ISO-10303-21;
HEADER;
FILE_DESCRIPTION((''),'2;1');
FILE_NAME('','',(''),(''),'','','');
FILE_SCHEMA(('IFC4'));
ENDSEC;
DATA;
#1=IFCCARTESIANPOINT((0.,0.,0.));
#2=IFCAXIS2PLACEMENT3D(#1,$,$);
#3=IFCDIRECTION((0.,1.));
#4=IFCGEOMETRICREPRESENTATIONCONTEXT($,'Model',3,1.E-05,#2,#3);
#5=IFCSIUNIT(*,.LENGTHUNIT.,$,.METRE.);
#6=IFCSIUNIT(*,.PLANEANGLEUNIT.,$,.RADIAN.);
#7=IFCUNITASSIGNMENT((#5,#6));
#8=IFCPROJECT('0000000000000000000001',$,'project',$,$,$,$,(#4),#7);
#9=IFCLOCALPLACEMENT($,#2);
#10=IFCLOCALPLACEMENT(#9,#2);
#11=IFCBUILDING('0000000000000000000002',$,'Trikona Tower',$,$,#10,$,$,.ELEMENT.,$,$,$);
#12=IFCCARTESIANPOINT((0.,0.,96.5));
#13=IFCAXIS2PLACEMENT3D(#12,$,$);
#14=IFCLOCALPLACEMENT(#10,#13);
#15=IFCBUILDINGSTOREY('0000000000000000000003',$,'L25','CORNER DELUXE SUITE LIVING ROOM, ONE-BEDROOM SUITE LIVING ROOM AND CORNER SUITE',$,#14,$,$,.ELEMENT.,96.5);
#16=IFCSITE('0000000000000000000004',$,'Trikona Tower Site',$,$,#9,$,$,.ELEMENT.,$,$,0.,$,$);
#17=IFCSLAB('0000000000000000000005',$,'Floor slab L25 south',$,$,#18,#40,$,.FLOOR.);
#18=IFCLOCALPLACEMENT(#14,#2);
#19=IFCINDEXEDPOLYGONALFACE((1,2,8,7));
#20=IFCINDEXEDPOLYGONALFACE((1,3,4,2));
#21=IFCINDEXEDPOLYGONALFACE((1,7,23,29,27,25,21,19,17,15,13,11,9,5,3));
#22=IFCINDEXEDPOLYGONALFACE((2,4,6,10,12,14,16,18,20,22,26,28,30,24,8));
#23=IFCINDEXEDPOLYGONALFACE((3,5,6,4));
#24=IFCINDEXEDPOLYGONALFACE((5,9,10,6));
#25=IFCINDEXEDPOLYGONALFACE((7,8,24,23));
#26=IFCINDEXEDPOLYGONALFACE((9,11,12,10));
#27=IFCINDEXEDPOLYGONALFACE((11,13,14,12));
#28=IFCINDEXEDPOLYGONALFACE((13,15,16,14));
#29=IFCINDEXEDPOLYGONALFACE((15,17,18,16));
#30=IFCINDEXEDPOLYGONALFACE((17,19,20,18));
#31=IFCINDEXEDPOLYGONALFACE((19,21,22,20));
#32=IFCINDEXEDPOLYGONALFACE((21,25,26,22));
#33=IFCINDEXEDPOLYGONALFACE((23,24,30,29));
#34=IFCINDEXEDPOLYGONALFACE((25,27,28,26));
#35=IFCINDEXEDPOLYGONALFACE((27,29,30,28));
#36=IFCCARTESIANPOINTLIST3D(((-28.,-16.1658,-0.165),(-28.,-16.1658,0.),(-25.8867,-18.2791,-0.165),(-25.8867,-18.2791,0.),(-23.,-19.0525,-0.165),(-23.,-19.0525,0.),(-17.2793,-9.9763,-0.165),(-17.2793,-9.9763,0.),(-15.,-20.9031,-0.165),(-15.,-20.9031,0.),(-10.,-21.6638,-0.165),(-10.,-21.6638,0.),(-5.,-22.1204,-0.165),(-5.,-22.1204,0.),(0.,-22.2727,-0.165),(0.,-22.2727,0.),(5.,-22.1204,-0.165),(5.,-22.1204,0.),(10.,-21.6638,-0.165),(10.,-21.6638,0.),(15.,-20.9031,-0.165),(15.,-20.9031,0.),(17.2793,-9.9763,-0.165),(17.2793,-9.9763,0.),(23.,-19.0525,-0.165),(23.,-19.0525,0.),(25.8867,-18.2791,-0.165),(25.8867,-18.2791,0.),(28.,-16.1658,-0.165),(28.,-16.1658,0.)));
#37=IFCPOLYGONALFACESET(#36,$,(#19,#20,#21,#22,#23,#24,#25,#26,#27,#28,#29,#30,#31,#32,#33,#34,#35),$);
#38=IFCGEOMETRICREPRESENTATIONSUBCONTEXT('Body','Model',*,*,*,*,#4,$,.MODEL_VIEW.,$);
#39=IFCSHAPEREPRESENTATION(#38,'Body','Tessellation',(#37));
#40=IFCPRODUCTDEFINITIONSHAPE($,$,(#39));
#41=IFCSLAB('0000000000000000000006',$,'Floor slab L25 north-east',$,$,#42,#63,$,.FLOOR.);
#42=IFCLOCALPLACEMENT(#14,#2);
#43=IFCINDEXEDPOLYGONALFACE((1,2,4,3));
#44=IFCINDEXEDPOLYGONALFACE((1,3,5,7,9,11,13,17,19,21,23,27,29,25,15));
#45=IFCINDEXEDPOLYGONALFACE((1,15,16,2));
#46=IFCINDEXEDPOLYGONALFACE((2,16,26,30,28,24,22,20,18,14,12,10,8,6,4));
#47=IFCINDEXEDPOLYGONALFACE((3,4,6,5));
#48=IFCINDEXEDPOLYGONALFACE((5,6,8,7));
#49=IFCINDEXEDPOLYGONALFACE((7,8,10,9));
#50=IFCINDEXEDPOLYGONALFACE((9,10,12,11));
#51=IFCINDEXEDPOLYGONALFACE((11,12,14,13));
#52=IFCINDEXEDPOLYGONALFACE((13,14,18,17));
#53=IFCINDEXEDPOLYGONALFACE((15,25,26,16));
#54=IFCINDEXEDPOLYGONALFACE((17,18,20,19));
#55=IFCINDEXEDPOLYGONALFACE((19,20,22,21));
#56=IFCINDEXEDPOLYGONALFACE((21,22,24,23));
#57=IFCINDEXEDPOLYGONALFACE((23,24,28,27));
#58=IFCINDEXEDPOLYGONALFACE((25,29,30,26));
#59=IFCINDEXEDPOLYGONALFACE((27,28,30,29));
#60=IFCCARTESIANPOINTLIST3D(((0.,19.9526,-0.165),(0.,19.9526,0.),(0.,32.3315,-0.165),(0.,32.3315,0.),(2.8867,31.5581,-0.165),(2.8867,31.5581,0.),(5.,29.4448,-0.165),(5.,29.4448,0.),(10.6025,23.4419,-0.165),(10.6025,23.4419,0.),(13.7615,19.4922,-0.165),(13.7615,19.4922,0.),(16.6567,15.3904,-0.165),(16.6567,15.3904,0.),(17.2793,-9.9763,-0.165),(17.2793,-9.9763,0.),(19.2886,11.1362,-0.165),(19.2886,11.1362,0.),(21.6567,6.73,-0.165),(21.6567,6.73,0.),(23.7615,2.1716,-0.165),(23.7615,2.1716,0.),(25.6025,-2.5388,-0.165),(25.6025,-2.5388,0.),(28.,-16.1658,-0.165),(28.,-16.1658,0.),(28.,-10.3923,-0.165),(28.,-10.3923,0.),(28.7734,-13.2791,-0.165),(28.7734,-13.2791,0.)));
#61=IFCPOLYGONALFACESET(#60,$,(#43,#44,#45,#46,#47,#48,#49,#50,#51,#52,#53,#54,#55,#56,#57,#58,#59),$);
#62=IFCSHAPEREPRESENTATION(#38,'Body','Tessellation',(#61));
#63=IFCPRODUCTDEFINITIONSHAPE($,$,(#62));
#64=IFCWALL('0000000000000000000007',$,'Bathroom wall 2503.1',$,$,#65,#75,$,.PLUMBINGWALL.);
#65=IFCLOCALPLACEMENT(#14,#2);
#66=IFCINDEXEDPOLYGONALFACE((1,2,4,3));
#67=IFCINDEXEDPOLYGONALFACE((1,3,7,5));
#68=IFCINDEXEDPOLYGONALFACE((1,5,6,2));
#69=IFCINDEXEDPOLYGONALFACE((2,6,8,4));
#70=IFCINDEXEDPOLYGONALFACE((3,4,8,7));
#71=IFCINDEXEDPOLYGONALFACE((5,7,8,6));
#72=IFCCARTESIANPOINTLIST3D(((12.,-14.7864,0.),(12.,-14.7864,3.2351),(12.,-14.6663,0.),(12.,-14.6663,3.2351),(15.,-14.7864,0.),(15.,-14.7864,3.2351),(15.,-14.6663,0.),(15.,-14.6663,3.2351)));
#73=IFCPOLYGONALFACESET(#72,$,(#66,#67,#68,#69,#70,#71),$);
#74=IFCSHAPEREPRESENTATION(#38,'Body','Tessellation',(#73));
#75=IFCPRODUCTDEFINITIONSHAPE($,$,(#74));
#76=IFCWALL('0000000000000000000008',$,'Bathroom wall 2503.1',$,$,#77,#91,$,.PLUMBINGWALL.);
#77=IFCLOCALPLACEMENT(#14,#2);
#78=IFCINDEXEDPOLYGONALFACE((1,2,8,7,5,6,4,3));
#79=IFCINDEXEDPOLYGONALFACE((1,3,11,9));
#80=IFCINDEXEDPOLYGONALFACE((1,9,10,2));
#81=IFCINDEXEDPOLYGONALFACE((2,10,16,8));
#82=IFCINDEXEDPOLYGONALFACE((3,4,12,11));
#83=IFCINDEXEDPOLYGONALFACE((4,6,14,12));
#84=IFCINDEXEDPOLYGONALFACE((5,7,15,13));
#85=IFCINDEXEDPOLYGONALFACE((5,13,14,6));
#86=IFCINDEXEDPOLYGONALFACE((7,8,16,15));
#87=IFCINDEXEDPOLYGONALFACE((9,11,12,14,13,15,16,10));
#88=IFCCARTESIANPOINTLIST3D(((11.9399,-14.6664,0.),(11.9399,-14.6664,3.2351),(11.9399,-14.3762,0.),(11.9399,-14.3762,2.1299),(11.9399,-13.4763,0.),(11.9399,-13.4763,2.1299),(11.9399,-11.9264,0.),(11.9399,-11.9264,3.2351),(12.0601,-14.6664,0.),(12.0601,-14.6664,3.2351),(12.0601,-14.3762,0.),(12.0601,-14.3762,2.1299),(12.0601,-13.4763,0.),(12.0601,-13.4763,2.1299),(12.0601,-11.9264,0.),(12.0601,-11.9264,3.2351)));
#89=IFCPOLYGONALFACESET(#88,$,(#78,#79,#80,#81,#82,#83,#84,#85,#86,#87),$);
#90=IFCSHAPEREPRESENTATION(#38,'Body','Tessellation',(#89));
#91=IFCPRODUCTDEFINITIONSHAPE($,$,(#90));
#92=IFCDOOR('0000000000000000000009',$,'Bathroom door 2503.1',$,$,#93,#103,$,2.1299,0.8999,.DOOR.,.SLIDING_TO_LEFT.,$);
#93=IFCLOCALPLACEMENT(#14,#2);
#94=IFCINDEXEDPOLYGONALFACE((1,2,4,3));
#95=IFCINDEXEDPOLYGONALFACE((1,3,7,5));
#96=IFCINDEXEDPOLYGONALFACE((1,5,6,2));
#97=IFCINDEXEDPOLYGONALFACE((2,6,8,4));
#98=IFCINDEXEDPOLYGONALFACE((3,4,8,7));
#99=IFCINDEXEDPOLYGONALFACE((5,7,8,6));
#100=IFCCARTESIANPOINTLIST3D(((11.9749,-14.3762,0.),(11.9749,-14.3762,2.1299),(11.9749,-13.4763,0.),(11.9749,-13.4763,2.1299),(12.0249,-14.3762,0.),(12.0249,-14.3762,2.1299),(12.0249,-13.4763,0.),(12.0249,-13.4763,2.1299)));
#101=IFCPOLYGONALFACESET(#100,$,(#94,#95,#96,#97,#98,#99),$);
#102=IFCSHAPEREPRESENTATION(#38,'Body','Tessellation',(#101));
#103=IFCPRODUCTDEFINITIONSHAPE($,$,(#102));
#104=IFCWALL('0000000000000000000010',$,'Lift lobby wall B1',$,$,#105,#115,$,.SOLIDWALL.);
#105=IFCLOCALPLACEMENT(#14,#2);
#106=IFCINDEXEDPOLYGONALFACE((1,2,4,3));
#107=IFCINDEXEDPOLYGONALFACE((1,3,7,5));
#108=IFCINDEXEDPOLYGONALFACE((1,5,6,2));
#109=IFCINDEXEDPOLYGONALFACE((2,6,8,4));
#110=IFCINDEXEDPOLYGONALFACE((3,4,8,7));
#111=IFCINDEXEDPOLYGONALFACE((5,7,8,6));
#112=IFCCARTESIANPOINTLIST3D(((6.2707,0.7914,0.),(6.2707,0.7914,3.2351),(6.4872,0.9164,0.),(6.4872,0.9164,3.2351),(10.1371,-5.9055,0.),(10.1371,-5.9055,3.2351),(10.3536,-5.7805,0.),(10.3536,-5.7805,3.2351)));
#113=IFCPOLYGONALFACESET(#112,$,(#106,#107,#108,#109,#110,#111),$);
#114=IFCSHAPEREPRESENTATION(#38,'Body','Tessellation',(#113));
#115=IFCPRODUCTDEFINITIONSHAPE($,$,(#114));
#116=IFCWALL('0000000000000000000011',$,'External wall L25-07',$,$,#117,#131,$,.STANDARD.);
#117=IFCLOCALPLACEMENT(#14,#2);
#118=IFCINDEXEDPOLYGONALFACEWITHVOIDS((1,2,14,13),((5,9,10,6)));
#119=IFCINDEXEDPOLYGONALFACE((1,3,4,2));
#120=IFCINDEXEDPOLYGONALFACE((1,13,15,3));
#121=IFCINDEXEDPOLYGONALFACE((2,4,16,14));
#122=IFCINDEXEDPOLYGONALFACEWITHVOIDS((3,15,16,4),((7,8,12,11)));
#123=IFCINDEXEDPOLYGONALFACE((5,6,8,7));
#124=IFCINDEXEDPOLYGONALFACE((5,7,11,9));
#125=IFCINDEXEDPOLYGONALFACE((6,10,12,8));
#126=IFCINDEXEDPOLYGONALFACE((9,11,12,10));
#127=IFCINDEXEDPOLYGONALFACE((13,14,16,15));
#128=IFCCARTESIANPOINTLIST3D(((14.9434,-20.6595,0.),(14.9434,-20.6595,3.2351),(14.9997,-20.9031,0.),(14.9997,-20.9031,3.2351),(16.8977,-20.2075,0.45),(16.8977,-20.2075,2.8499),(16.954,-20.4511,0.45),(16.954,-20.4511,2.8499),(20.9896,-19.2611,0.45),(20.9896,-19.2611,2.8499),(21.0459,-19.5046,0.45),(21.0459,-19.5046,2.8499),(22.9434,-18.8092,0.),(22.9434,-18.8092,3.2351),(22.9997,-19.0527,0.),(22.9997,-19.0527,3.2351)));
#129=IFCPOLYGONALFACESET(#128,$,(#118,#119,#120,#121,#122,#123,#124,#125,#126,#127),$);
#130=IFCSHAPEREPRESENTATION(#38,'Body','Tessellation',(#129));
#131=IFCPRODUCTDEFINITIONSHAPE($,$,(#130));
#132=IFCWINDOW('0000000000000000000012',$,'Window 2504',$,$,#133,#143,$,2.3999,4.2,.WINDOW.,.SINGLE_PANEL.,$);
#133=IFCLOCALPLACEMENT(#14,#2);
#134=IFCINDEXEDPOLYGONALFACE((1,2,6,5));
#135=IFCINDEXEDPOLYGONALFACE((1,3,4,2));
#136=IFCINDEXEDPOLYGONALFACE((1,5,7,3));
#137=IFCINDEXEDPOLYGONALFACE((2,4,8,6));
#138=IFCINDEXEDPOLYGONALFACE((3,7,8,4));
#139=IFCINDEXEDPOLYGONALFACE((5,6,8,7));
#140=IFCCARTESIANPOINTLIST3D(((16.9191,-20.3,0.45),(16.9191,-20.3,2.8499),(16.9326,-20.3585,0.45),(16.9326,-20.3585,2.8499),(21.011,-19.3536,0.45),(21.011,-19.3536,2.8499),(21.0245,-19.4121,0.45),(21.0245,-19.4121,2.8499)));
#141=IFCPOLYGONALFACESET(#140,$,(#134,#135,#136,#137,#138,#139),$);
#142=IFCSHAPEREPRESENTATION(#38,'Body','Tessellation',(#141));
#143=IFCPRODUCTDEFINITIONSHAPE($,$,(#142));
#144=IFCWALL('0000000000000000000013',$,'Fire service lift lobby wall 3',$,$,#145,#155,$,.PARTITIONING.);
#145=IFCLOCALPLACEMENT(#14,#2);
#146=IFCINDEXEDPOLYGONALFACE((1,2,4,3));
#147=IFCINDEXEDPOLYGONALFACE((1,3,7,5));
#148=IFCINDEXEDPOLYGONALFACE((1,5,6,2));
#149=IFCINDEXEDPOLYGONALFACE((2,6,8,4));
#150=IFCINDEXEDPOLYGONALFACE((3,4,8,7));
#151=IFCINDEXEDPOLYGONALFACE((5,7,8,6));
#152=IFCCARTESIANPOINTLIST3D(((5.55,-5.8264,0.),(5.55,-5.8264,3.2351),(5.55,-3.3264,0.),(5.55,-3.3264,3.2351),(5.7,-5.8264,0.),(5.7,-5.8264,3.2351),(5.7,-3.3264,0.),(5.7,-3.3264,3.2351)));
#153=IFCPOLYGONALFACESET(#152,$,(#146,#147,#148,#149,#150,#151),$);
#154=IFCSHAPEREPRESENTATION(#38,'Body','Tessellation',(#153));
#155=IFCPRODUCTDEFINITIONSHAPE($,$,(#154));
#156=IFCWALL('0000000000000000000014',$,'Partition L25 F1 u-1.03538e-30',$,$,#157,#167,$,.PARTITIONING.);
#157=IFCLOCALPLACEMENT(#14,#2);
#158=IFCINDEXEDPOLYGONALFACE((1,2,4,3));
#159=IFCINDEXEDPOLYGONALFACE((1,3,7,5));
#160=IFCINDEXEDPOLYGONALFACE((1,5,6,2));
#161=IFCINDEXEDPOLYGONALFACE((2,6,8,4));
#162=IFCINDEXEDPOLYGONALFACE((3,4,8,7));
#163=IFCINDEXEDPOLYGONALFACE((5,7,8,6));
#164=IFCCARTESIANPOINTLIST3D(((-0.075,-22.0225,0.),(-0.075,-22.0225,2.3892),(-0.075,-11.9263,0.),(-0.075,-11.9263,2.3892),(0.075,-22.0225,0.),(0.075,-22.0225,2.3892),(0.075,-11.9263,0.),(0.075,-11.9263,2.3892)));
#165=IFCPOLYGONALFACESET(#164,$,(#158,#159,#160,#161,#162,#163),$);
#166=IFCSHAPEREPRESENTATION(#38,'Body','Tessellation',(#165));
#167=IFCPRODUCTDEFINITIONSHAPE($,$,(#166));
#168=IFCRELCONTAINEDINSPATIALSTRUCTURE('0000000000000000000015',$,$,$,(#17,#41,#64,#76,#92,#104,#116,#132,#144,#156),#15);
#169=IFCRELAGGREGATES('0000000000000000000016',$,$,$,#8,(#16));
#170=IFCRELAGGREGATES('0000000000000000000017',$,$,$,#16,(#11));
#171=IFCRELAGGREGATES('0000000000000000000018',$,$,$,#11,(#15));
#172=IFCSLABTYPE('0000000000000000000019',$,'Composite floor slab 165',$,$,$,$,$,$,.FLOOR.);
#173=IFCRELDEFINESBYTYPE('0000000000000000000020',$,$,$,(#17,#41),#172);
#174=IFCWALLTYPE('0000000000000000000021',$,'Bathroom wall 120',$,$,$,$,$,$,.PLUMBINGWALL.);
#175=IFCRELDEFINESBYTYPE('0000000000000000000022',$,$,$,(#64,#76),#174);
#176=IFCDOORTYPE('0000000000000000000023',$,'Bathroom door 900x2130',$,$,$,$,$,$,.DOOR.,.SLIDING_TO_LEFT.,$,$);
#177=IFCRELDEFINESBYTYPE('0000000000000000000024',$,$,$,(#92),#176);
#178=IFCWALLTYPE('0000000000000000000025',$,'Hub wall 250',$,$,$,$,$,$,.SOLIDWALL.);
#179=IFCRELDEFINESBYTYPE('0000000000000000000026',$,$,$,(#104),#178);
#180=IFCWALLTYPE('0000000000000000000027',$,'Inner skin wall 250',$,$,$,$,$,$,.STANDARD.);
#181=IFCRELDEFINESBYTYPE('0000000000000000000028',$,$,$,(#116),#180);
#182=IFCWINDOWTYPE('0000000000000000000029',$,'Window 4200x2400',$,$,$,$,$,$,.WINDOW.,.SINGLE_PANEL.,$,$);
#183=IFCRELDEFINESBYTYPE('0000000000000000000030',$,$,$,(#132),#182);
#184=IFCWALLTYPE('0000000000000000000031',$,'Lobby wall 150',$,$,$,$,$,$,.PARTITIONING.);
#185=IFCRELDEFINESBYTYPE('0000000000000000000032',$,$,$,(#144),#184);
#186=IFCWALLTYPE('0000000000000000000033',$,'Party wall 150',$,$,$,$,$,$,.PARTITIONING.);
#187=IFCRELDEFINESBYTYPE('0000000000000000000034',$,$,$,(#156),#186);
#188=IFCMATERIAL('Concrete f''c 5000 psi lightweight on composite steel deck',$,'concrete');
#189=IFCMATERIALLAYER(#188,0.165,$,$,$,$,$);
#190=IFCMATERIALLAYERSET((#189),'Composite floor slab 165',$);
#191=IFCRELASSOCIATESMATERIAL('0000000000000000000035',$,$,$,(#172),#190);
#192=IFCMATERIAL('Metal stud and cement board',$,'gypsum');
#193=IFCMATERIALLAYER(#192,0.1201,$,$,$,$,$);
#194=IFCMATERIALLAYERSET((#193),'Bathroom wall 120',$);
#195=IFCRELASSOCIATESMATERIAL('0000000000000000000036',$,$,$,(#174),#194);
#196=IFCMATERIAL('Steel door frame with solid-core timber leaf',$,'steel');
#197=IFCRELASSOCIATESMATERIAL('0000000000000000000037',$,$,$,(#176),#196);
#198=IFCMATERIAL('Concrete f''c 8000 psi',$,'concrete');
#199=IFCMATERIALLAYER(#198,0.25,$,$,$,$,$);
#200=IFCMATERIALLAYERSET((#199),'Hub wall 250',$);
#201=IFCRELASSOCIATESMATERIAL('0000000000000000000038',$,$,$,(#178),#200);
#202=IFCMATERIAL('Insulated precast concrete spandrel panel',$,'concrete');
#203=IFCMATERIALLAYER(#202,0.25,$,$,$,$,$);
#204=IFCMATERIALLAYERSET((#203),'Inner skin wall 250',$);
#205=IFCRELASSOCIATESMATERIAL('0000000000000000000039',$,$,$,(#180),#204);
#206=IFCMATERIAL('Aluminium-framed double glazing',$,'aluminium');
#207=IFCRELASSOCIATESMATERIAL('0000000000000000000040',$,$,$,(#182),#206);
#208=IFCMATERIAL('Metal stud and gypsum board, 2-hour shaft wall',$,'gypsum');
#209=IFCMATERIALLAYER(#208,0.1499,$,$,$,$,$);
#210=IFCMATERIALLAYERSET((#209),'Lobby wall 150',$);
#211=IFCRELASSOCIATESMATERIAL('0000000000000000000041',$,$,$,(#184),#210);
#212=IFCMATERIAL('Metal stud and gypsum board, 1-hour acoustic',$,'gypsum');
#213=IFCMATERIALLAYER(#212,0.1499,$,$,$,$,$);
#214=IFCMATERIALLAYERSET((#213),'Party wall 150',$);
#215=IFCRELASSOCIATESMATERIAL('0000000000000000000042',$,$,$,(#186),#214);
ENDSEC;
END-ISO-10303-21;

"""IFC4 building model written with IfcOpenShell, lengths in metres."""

from ifc_helpers import new_model, si_unit, direction, frame, frame_2d, origin, place, context, subcontext, project, spatial, polyline, rectangle, outline, extrude, material, layer, layer_set, type_object, element, fill, save


model = new_model("IFC4")

# Units and contexts
model_context = context("Model", 3, precision=1e-05, world=origin(), true_north=direction((0.0, 1.0)))
body_context = subcontext(model_context, "Body", "Model", "MODEL_VIEW")
ifc_project = project(units=[si_unit("LENGTHUNIT", "METRE"), si_unit("PLANEANGLEUNIT", "RADIAN")], contexts=[model_context])

# Site, building, storey
site_placement = place(None, origin())
site = spatial("IfcSite", under=ifc_project, at=site_placement, Name="Trikona Tower Site", CompositionType="ELEMENT", RefElevation=0.0)
building_placement = place(site_placement, origin())
building = spatial("IfcBuilding", under=site, at=building_placement, Name="Trikona Tower", CompositionType="ELEMENT")
storey_placement = place(building_placement, frame((0.0, 0.0, 96.5)))
storey = spatial("IfcBuildingStorey", under=building, at=storey_placement, Name="L25", Description="CORNER DELUXE SUITE LIVING ROOM, ONE-BEDROOM SUITE LIVING ROOM AND CORNER SUITE", CompositionType="ELEMENT", Elevation=96.5)

# Slabs
ifc_material_1 = material(Name="Concrete f'c 5000 psi lightweight on composite steel deck", Category="concrete")
ifc_layer_1 = layer(ifc_material_1, 0.165)
ifc_layer_set_1 = layer_set([ifc_layer_1], Name="Composite floor slab 165")
slab_type = type_object("IfcSlabType", Name="Composite floor slab 165", PredefinedType="FLOOR", material=ifc_layer_set_1)
slab_1_placement = place(storey_placement, frame((0.0, 0.0, -0.165)))
element("IfcSlab", 1, at=slab_1_placement, inside=storey, type_object=slab_type, Name="Floor slab L25 south", PredefinedType="FLOOR", context=body_context, shape_type="SweptSolid", body=[
    extrude(outline(polyline([(25.8867, -18.2791), (28.0, -16.1658), (17.2793, -9.9763), (-17.2793, -9.9763), (-28.0, -16.1658), (-25.8867, -18.2791), (-23.0, -19.0525), (-15.0, -20.9031), (-10.0, -21.6638), (-5.0, -22.1204), (0.0, -22.2727), (5.0, -22.1204), (10.0, -21.6638), (15.0, -20.9031), (23.0, -19.0525), (25.8867, -18.2791)])), origin(), (0.0, 0.0, 1.0), 0.165),
])
slab_2_placement = place(storey_placement, frame((0.0, 0.0, -0.165)))
element("IfcSlab", 2, at=slab_2_placement, inside=storey, type_object=slab_type, Name="Floor slab L25 north-east", PredefinedType="FLOOR", context=body_context, shape_type="SweptSolid", body=[
    extrude(outline(polyline([(2.8867, 31.5581), (0.0, 32.3315), (0.0, 19.9526), (17.2793, -9.9763), (28.0, -16.1658), (28.7734, -13.2791), (28.0, -10.3923), (25.6025, -2.5388), (23.7615, 2.1716), (21.6567, 6.73), (19.2886, 11.1362), (16.6567, 15.3904), (13.7615, 19.4922), (10.6025, 23.4419), (5.0, 29.4448), (2.8867, 31.5581)])), origin(), (0.0, 0.0, 1.0), 0.165),
])

# Wall
ifc_material_2 = material(Name="Metal stud and cement board", Category="gypsum")
ifc_layer_2 = layer(ifc_material_2, 0.1201)
ifc_layer_set_2 = layer_set([ifc_layer_2], Name="Bathroom wall 120")
wall_type_1 = type_object("IfcWallType", Name="Bathroom wall 120", PredefinedType="PLUMBINGWALL", material=ifc_layer_set_2)
wall_1_placement = place(storey_placement, frame((12.0, -14.7263, 0.0), z_axis=(0.0, 0.0, 1.0), x_axis=(1.0, 0.0, 0.0)))
element("IfcWall", 3, at=wall_1_placement, inside=storey, type_object=wall_type_1, Name="Bathroom wall 2503.1", PredefinedType="PLUMBINGWALL", context=body_context, shape_type="SweptSolid", body=[
    extrude(rectangle(XDim=3.0, YDim=0.1201, at=frame_2d((1.5, 0.0))), origin(), (0.0, 0.0, 1.0), 3.2351),
])

# Wall, opening, door
wall_2_placement = place(storey_placement, frame((12.0, -11.9263, 0.0), z_axis=(0.0, 0.0, 1.0), x_axis=(0.0, -1.0, 0.0)))
wall_2 = element("IfcWall", 4, at=wall_2_placement, inside=storey, type_object=wall_type_1, Name="Bathroom wall 2503.1", PredefinedType="PLUMBINGWALL", context=body_context, shape_type="SweptSolid", body=[
    extrude(rectangle(XDim=2.74, YDim=0.1201, at=frame_2d((1.3701, 0.0))), origin(), (0.0, 0.0, 1.0), 3.2351),
])
opening_1_placement = place(wall_2_placement, frame((1.55, 0.0, 0.0)))
opening_1 = element("IfcOpeningElement", 5, at=opening_1_placement, cuts=wall_2, PredefinedType="OPENING", context=body_context, shape_type="SweptSolid", body=[
    extrude(rectangle(XDim=0.8999, YDim=2.1299, at=frame_2d((0.45, 1.0649))), frame((0.0, 0.0701, 0.0), z_axis=(0.0, -1.0, 0.0), x_axis=(1.0, 0.0, 0.0)), (0.0, 0.0, 1.0), 0.1401),
])
ifc_material_3 = material(Name="Steel door frame with solid-core timber leaf", Category="steel")
door_type_1 = type_object("IfcDoorType", Name="Bathroom door 900x2130", OperationType="SLIDING_TO_LEFT", PredefinedType="DOOR", material=ifc_material_3)
door_1_placement = place(opening_1_placement, origin())
door_1 = element("IfcDoor", 6, at=door_1_placement, inside=storey, type_object=door_type_1, Name="Bathroom door 2503.1", OperationType="SLIDING_TO_LEFT", OverallHeight=2.1299, OverallWidth=0.8999, PredefinedType="DOOR", context=body_context, shape_type="SweptSolid", body=[
    extrude(rectangle(XDim=0.8999, YDim=2.1299, at=frame_2d((0.45, 1.0649))), frame((0.0, 0.0249, 0.0), z_axis=(0.0, -1.0, 0.0), x_axis=(1.0, 0.0, 0.0)), (0.0, 0.0, 1.0), 0.05),
])
fill(opening_1, door_1)

# Wall
ifc_material_4 = material(Name="Concrete f'c 8000 psi", Category="concrete")
ifc_layer_3 = layer(ifc_material_4, 0.25)
ifc_layer_set_3 = layer_set([ifc_layer_3], Name="Hub wall 250")
wall_type_2 = type_object("IfcWallType", Name="Hub wall 250", PredefinedType="SOLIDWALL", material=ifc_layer_set_3)
wall_3_placement = place(storey_placement, frame((10.2454, -5.843, 0.0), z_axis=(0.0, 0.0, 1.0), x_axis=(-0.499993, 0.866029, 0.0)))
element("IfcWall", 7, at=wall_3_placement, inside=storey, type_object=wall_type_2, Name="Lift lobby wall B1", PredefinedType="SOLIDWALL", context=body_context, shape_type="SweptSolid", body=[
    extrude(rectangle(XDim=7.7329, YDim=0.25, at=frame_2d((3.8665, 0.0))), origin(), (0.0, 0.0, 1.0), 3.2351),
])

# Wall, opening, window
ifc_material_5 = material(Name="Insulated precast concrete spandrel panel", Category="concrete")
ifc_layer_4 = layer(ifc_material_5, 0.25)
ifc_layer_set_4 = layer_set([ifc_layer_4], Name="Inner skin wall 250")
wall_type_3 = type_object("IfcWallType", Name="Inner skin wall 250", PredefinedType="STANDARD", material=ifc_layer_set_4)
wall_4_placement = place(storey_placement, frame((14.9717, -20.7812, 0.0), z_axis=(0.0, 0.0, 1.0), x_axis=(0.974279, 0.225344, 0.0)))
wall_4 = element("IfcWall", 8, at=wall_4_placement, inside=storey, type_object=wall_type_3, Name="External wall L25-07", PredefinedType="STANDARD", context=body_context, shape_type="SweptSolid", body=[
    extrude(rectangle(XDim=8.2112, YDim=0.25, at=frame_2d((4.1055, 0.0))), origin(), (0.0, 0.0, 1.0), 3.2351),
])
opening_2_placement = place(wall_4_placement, frame((2.0056, 0.0, 0.45)))
opening_2 = element("IfcOpeningElement", 9, at=opening_2_placement, cuts=wall_4, PredefinedType="OPENING", context=body_context, shape_type="SweptSolid", body=[
    extrude(rectangle(XDim=4.2, YDim=2.3999, at=frame_2d((2.1001, 1.2))), frame((0.0, 0.135, 0.0), z_axis=(0.0, -1.0, 0.0), x_axis=(1.0, 0.0, 0.0)), (0.0, 0.0, 1.0), 0.27),
])
ifc_material_6 = material(Name="Aluminium-framed double glazing", Category="aluminium")
window_type = type_object("IfcWindowType", Name="Window 4200x2400", PartitioningType="SINGLE_PANEL", PredefinedType="WINDOW", material=ifc_material_6)
window_placement = place(opening_2_placement, origin())
window = element("IfcWindow", 10, at=window_placement, inside=storey, type_object=window_type, Name="Window 2504", OverallHeight=2.3999, OverallWidth=4.2, PartitioningType="SINGLE_PANEL", PredefinedType="WINDOW", context=body_context, shape_type="SweptSolid", body=[
    extrude(rectangle(XDim=4.2, YDim=2.3999, at=frame_2d((2.1001, 1.2))), frame((0.0, 0.03, 0.0), z_axis=(0.0, -1.0, 0.0), x_axis=(1.0, 0.0, 0.0)), (0.0, 0.0, 1.0), 0.0601),
])
fill(opening_2, window)

# Walls
ifc_material_7 = material(Name="Metal stud and gypsum board, 2-hour shaft wall", Category="gypsum")
ifc_layer_5 = layer(ifc_material_7, 0.1499)
ifc_layer_set_5 = layer_set([ifc_layer_5], Name="Lobby wall 150")
wall_type_4 = type_object("IfcWallType", Name="Lobby wall 150", PredefinedType="PARTITIONING", material=ifc_layer_set_5)
wall_5_placement = place(storey_placement, frame((5.625, -5.8264, 0.0), z_axis=(0.0, 0.0, 1.0), x_axis=(0.0, 1.0, 0.0)))
element("IfcWall", 11, at=wall_5_placement, inside=storey, type_object=wall_type_4, Name="Fire service lift lobby wall 3", PredefinedType="PARTITIONING", context=body_context, shape_type="SweptSolid", body=[
    extrude(rectangle(XDim=2.5, YDim=0.1499, at=frame_2d((1.25, 0.0))), origin(), (0.0, 0.0, 1.0), 3.2351),
])
ifc_material_8 = material(Name="Metal stud and gypsum board, 1-hour acoustic", Category="gypsum")
ifc_layer_6 = layer(ifc_material_8, 0.1499)
ifc_layer_set_6 = layer_set([ifc_layer_6], Name="Party wall 150")
wall_type_5 = type_object("IfcWallType", Name="Party wall 150", PredefinedType="PARTITIONING", material=ifc_layer_set_6)
wall_6_placement = place(storey_placement, frame((0.0, -11.9263, 0.0), z_axis=(0.0, 0.0, 1.0), x_axis=(0.0, -1.0, 0.0)))
element("IfcWall", 12, at=wall_6_placement, inside=storey, type_object=wall_type_5, Name="Partition L25 F1 u-1.03538e-30", PredefinedType="PARTITIONING", context=body_context, shape_type="SweptSolid", body=[
    extrude(rectangle(XDim=10.0962, YDim=0.1499, at=frame_2d((5.0481, 0.0))), origin(), (0.0, 0.0, 1.0), 2.3892),
])

save(model, "model.ifc")
